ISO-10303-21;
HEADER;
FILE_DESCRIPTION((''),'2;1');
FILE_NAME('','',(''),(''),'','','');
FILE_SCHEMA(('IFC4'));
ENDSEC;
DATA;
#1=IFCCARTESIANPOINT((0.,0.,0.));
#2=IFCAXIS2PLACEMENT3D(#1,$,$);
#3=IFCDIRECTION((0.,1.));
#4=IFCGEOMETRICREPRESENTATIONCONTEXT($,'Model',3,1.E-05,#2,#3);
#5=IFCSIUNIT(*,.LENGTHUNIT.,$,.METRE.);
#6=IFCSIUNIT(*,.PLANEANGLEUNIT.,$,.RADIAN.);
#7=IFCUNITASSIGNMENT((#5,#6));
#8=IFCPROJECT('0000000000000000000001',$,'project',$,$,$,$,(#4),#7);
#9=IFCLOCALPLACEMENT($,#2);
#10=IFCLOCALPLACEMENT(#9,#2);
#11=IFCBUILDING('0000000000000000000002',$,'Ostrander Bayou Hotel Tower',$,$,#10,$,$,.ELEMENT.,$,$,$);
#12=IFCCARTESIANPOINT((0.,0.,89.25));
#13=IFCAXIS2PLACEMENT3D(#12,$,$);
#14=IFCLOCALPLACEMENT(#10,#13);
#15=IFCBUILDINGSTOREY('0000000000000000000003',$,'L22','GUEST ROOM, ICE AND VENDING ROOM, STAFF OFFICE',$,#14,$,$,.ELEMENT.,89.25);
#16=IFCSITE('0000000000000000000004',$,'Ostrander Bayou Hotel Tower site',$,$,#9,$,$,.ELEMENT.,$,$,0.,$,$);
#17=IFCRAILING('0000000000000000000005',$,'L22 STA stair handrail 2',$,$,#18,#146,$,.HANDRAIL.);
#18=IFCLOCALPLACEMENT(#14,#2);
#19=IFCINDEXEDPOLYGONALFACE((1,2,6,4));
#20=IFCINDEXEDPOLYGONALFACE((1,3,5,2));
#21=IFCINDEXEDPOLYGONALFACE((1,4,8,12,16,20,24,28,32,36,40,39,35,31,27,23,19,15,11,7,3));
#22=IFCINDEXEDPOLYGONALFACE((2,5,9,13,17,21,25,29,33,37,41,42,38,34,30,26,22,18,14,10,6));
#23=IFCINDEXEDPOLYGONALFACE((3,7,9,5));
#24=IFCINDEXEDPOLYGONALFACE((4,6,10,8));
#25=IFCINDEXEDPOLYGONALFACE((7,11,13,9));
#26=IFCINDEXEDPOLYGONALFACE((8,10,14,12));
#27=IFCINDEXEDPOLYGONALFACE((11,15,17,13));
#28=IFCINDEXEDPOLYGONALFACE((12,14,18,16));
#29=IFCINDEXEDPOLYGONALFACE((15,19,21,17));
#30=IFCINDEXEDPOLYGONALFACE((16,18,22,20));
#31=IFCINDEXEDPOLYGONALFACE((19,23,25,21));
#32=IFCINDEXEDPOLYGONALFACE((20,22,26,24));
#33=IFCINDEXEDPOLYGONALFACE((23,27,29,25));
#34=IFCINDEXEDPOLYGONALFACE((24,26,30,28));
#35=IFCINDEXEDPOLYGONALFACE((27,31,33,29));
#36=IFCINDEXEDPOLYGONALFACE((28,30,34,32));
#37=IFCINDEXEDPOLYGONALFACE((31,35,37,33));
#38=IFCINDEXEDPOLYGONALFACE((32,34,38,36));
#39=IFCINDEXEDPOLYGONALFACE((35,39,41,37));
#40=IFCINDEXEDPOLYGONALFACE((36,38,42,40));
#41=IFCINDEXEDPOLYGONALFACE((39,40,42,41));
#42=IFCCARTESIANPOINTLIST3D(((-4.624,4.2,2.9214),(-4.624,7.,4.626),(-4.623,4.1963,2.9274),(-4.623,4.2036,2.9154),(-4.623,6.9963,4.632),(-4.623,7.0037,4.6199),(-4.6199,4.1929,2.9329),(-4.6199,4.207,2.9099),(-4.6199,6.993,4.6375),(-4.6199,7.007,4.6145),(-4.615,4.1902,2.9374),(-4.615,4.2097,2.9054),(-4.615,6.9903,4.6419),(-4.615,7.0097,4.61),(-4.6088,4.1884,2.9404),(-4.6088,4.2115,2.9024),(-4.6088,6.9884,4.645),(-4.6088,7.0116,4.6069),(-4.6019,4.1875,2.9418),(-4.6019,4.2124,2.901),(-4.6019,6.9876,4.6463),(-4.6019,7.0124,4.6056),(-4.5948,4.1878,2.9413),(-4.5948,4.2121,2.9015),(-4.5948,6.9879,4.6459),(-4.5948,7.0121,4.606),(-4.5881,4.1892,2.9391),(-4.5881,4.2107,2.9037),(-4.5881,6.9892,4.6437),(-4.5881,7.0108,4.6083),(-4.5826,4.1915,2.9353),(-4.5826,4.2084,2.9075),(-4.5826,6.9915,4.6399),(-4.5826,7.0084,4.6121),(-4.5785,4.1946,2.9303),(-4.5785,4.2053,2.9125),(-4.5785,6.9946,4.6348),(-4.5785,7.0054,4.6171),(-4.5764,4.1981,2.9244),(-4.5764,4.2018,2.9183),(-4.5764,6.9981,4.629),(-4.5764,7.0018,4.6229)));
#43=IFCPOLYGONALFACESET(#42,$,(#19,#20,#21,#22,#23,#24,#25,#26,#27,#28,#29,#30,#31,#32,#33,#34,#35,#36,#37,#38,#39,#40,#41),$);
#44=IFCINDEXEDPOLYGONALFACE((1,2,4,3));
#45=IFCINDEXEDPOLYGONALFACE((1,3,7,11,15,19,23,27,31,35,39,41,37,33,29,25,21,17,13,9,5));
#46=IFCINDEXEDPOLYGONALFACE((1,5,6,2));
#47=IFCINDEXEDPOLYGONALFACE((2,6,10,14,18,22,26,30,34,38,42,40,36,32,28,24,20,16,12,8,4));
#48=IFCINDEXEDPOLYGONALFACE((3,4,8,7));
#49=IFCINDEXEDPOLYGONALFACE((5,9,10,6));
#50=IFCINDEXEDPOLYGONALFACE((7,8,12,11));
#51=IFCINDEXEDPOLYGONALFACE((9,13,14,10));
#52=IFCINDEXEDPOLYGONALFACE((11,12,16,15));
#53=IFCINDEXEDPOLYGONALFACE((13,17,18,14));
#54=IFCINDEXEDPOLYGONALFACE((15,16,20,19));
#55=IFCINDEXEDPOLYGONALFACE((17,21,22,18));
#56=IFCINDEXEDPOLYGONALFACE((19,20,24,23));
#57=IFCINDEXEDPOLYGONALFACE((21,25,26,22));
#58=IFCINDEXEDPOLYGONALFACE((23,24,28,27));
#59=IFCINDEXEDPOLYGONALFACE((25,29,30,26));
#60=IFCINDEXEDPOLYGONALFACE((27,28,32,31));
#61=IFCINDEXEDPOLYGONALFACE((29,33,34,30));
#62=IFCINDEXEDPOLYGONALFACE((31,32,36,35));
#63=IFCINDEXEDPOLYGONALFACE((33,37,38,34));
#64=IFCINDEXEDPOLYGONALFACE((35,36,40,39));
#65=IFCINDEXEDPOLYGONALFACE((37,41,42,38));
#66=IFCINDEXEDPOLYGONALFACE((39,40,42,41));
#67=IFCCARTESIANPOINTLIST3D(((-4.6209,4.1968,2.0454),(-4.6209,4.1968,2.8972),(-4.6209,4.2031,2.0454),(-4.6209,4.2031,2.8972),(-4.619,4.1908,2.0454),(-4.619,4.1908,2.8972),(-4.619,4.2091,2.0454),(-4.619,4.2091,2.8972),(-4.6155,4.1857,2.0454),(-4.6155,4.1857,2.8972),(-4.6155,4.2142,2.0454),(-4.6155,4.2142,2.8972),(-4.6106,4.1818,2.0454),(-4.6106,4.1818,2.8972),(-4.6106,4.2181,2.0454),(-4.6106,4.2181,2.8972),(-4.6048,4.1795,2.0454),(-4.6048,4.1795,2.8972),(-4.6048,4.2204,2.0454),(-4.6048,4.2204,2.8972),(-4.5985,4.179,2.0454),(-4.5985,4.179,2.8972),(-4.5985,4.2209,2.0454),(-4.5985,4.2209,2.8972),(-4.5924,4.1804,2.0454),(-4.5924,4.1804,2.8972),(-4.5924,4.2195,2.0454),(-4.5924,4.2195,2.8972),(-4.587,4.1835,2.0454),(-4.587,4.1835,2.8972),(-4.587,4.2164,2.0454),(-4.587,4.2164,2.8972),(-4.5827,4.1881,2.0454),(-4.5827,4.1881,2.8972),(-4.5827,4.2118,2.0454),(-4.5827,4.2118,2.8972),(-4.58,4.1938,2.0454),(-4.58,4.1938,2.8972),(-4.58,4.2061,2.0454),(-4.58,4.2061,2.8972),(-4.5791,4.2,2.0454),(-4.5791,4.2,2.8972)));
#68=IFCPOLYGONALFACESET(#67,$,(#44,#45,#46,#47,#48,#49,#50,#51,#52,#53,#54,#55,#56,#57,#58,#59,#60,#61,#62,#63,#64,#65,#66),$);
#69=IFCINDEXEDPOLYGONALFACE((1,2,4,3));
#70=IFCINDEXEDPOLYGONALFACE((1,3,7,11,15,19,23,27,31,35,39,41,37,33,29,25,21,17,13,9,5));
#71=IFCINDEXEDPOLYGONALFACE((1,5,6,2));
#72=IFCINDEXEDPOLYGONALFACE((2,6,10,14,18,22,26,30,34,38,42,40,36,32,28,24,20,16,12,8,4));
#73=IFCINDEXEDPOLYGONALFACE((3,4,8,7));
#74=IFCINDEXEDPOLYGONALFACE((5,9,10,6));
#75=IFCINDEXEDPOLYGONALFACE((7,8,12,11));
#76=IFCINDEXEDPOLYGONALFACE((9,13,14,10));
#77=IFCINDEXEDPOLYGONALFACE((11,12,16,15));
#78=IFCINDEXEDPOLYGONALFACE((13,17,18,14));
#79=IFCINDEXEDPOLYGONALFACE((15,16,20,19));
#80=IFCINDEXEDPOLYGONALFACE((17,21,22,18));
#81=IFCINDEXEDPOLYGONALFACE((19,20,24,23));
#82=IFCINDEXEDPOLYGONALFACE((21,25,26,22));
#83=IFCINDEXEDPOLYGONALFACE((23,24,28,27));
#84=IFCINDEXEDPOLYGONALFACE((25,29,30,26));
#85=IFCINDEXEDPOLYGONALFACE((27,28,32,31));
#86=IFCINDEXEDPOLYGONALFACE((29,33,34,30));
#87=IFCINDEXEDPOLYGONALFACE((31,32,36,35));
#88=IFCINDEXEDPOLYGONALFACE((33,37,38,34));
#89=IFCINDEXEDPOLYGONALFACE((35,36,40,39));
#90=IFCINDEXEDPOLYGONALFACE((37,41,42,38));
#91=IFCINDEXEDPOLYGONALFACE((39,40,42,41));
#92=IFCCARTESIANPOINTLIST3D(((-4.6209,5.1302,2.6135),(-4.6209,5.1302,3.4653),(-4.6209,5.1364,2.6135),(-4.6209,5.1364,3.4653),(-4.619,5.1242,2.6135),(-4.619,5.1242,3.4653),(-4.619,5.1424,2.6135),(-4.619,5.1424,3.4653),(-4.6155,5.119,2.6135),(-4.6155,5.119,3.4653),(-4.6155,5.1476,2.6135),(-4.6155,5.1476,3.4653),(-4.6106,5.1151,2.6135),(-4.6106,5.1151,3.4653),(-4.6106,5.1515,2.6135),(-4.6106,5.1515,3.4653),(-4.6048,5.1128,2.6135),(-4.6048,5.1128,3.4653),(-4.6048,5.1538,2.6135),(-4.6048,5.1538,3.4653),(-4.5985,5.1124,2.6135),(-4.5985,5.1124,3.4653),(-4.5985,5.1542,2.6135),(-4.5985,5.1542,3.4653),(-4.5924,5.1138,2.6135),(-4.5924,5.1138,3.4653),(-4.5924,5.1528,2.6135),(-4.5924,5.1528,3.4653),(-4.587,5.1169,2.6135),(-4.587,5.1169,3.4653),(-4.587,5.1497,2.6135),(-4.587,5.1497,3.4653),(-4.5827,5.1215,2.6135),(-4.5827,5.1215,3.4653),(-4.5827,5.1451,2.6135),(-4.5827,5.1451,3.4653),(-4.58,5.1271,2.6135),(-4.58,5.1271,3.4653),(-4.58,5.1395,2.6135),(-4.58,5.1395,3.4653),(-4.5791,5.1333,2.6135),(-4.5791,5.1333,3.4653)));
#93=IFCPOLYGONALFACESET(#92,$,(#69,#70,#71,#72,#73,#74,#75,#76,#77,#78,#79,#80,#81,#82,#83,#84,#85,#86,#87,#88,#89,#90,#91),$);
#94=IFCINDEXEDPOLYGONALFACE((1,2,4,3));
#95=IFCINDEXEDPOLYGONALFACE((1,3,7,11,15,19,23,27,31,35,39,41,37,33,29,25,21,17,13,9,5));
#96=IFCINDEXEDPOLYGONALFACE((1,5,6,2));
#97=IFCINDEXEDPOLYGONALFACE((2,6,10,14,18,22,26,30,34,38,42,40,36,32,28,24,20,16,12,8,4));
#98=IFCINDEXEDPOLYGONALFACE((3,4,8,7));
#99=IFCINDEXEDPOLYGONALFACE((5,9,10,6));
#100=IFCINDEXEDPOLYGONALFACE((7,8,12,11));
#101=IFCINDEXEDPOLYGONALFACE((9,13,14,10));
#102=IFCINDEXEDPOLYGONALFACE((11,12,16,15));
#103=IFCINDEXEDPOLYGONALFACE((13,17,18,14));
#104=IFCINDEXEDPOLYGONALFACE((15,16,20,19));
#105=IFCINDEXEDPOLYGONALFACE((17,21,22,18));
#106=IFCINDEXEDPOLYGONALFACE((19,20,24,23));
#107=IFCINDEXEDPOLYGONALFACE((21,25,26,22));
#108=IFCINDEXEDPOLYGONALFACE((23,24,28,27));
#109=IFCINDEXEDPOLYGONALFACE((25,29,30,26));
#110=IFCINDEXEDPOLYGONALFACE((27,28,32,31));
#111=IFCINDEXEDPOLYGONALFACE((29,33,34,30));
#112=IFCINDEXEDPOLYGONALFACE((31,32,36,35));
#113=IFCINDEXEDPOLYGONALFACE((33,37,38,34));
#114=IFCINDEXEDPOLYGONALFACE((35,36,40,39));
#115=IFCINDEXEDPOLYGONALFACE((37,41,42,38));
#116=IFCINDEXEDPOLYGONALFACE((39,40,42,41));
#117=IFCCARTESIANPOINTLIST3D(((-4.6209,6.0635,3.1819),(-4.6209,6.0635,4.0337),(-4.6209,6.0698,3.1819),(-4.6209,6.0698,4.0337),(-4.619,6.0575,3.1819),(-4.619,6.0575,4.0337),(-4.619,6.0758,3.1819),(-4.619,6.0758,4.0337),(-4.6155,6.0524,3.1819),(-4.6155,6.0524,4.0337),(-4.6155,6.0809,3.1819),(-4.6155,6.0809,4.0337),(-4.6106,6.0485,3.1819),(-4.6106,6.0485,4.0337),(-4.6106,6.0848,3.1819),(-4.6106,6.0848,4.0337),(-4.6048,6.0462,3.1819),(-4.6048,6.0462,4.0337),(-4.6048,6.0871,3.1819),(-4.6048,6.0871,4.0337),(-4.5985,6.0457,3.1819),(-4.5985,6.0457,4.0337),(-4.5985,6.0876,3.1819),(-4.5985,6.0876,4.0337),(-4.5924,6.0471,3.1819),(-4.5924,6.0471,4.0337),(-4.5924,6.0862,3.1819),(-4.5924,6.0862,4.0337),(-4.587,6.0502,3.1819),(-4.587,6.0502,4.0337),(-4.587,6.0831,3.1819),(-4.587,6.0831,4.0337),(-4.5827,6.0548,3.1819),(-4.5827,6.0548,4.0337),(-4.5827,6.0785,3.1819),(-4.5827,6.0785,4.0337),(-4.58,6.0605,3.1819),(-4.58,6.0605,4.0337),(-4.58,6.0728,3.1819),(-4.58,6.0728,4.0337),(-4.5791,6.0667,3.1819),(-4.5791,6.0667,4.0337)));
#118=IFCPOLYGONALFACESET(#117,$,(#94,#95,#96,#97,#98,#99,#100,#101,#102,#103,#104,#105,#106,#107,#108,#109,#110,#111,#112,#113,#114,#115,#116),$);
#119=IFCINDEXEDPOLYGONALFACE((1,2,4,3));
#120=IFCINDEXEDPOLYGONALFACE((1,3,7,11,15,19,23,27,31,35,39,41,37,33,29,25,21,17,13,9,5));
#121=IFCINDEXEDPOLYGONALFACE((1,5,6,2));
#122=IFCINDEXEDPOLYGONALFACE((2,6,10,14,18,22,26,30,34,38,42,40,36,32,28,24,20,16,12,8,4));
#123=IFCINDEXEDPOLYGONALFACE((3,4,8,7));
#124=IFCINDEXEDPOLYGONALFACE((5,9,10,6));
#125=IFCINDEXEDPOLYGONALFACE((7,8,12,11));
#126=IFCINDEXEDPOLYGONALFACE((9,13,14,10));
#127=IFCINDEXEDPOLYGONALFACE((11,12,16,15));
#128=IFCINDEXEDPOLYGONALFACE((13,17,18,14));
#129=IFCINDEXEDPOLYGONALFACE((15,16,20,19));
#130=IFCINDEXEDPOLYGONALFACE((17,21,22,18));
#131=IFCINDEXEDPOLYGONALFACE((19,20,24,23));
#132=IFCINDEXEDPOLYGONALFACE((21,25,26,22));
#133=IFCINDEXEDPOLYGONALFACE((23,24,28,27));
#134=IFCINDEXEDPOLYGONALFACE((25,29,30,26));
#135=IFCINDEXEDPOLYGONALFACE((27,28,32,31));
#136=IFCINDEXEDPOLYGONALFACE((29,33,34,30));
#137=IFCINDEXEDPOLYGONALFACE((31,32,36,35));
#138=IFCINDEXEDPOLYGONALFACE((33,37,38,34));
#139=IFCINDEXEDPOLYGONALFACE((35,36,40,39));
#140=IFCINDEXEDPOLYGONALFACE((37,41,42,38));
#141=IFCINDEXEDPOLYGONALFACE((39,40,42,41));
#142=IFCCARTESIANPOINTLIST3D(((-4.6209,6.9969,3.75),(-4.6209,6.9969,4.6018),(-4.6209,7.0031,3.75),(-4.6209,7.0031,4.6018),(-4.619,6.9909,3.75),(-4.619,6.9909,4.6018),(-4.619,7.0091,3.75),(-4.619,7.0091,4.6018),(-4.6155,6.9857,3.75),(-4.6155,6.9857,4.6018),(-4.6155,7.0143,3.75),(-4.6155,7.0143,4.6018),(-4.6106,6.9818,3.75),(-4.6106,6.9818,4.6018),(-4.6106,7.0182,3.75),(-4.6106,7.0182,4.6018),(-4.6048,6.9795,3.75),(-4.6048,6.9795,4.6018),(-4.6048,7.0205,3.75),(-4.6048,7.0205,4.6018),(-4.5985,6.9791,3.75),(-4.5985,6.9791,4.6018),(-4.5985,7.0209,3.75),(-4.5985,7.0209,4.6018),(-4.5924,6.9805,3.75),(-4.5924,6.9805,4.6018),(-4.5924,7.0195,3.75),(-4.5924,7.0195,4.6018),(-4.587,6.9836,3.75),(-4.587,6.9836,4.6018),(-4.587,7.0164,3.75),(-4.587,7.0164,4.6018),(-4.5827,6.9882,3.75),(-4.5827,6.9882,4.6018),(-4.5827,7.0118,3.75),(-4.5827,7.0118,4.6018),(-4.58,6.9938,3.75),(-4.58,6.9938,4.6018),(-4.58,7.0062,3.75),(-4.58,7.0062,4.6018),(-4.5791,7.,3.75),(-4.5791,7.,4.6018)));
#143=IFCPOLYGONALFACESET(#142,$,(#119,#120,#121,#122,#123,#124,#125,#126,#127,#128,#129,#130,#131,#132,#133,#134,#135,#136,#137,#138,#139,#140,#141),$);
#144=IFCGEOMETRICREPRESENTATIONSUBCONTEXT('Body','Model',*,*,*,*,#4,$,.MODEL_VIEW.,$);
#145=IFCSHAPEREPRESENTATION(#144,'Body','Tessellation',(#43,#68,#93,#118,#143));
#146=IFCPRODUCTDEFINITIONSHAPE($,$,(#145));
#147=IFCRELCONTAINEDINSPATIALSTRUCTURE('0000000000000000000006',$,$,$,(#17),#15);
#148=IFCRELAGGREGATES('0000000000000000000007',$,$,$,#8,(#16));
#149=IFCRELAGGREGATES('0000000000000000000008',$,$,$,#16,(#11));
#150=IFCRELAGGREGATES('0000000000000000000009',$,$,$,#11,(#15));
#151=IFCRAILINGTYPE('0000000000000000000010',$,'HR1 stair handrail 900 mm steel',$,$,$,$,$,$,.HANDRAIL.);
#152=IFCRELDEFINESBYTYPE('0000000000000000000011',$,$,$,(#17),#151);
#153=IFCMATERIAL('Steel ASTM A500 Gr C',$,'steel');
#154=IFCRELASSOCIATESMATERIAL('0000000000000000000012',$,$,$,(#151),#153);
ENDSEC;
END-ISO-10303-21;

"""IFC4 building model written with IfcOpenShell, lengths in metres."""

from ifc_helpers import new_model, si_unit, direction, frame, origin, origin_2d, place, context, subcontext, project, spatial, circle, extrude, material, type_object, element, save


model = new_model("IFC4")

# Units and contexts
model_context = context("Model", 3, precision=1e-05, world=origin(), true_north=direction((0.0, 1.0)))
body_context = subcontext(model_context, "Body", "Model", "MODEL_VIEW")
ifc_project = project(units=[si_unit("LENGTHUNIT", "METRE"), si_unit("PLANEANGLEUNIT", "RADIAN")], contexts=[model_context])

# Site, building, storey
site_placement = place(None, origin())
site = spatial("IfcSite", under=ifc_project, at=site_placement, Name="Ostrander Bayou Hotel Tower site", CompositionType="ELEMENT", RefElevation=0.0)
building_placement = place(site_placement, origin())
building = spatial("IfcBuilding", under=site, at=building_placement, Name="Ostrander Bayou Hotel Tower", CompositionType="ELEMENT")
storey_placement = place(building_placement, frame((0.0, 0.0, 89.25)))
storey = spatial("IfcBuildingStorey", under=building, at=storey_placement, Name="L22", Description="GUEST ROOM, ICE AND VENDING ROOM, STAFF OFFICE", CompositionType="ELEMENT", Elevation=89.25)

# Railing
ifc_material_1 = material(Name="Steel ASTM A500 Gr C", Category="steel")
railing_type_1 = type_object("IfcRailingType", Name="HR1 stair handrail 900 mm steel", PredefinedType="HANDRAIL", material=ifc_material_1)
railing_1_placement = place(storey_placement, frame((-4.6001, 4.2, 2.0454)))
element("IfcRailing", 1, at=railing_1_placement, inside=storey, type_object=railing_type_1, Name="L22 STA stair handrail 2", PredefinedType="HANDRAIL", context=body_context, shape_type="SweptSolid", body=[
    extrude(circle(Radius=0.0239, at=origin_2d()), frame((0.0, 0.0, 0.876), z_axis=(0.0, 0.85417, 0.519994), x_axis=(-1.0, 0.0, 0.0)), (0.0, 0.0, 1.0), 3.2781),
    extrude(circle(Radius=0.021, at=origin_2d()), origin(), (0.0, 0.0, 1.0), 0.8518),
    extrude(circle(Radius=0.021, at=origin_2d()), frame((0.0, 0.9333, 0.5681)), (0.0, 0.0, 1.0), 0.8518),
    extrude(circle(Radius=0.021, at=origin_2d()), frame((0.0, 1.8667, 1.1365)), (0.0, 0.0, 1.0), 0.8518),
    extrude(circle(Radius=0.021, at=origin_2d()), frame((0.0, 2.8, 1.7046)), (0.0, 0.0, 1.0), 0.8518),
])

save(model, "model.ifc")
